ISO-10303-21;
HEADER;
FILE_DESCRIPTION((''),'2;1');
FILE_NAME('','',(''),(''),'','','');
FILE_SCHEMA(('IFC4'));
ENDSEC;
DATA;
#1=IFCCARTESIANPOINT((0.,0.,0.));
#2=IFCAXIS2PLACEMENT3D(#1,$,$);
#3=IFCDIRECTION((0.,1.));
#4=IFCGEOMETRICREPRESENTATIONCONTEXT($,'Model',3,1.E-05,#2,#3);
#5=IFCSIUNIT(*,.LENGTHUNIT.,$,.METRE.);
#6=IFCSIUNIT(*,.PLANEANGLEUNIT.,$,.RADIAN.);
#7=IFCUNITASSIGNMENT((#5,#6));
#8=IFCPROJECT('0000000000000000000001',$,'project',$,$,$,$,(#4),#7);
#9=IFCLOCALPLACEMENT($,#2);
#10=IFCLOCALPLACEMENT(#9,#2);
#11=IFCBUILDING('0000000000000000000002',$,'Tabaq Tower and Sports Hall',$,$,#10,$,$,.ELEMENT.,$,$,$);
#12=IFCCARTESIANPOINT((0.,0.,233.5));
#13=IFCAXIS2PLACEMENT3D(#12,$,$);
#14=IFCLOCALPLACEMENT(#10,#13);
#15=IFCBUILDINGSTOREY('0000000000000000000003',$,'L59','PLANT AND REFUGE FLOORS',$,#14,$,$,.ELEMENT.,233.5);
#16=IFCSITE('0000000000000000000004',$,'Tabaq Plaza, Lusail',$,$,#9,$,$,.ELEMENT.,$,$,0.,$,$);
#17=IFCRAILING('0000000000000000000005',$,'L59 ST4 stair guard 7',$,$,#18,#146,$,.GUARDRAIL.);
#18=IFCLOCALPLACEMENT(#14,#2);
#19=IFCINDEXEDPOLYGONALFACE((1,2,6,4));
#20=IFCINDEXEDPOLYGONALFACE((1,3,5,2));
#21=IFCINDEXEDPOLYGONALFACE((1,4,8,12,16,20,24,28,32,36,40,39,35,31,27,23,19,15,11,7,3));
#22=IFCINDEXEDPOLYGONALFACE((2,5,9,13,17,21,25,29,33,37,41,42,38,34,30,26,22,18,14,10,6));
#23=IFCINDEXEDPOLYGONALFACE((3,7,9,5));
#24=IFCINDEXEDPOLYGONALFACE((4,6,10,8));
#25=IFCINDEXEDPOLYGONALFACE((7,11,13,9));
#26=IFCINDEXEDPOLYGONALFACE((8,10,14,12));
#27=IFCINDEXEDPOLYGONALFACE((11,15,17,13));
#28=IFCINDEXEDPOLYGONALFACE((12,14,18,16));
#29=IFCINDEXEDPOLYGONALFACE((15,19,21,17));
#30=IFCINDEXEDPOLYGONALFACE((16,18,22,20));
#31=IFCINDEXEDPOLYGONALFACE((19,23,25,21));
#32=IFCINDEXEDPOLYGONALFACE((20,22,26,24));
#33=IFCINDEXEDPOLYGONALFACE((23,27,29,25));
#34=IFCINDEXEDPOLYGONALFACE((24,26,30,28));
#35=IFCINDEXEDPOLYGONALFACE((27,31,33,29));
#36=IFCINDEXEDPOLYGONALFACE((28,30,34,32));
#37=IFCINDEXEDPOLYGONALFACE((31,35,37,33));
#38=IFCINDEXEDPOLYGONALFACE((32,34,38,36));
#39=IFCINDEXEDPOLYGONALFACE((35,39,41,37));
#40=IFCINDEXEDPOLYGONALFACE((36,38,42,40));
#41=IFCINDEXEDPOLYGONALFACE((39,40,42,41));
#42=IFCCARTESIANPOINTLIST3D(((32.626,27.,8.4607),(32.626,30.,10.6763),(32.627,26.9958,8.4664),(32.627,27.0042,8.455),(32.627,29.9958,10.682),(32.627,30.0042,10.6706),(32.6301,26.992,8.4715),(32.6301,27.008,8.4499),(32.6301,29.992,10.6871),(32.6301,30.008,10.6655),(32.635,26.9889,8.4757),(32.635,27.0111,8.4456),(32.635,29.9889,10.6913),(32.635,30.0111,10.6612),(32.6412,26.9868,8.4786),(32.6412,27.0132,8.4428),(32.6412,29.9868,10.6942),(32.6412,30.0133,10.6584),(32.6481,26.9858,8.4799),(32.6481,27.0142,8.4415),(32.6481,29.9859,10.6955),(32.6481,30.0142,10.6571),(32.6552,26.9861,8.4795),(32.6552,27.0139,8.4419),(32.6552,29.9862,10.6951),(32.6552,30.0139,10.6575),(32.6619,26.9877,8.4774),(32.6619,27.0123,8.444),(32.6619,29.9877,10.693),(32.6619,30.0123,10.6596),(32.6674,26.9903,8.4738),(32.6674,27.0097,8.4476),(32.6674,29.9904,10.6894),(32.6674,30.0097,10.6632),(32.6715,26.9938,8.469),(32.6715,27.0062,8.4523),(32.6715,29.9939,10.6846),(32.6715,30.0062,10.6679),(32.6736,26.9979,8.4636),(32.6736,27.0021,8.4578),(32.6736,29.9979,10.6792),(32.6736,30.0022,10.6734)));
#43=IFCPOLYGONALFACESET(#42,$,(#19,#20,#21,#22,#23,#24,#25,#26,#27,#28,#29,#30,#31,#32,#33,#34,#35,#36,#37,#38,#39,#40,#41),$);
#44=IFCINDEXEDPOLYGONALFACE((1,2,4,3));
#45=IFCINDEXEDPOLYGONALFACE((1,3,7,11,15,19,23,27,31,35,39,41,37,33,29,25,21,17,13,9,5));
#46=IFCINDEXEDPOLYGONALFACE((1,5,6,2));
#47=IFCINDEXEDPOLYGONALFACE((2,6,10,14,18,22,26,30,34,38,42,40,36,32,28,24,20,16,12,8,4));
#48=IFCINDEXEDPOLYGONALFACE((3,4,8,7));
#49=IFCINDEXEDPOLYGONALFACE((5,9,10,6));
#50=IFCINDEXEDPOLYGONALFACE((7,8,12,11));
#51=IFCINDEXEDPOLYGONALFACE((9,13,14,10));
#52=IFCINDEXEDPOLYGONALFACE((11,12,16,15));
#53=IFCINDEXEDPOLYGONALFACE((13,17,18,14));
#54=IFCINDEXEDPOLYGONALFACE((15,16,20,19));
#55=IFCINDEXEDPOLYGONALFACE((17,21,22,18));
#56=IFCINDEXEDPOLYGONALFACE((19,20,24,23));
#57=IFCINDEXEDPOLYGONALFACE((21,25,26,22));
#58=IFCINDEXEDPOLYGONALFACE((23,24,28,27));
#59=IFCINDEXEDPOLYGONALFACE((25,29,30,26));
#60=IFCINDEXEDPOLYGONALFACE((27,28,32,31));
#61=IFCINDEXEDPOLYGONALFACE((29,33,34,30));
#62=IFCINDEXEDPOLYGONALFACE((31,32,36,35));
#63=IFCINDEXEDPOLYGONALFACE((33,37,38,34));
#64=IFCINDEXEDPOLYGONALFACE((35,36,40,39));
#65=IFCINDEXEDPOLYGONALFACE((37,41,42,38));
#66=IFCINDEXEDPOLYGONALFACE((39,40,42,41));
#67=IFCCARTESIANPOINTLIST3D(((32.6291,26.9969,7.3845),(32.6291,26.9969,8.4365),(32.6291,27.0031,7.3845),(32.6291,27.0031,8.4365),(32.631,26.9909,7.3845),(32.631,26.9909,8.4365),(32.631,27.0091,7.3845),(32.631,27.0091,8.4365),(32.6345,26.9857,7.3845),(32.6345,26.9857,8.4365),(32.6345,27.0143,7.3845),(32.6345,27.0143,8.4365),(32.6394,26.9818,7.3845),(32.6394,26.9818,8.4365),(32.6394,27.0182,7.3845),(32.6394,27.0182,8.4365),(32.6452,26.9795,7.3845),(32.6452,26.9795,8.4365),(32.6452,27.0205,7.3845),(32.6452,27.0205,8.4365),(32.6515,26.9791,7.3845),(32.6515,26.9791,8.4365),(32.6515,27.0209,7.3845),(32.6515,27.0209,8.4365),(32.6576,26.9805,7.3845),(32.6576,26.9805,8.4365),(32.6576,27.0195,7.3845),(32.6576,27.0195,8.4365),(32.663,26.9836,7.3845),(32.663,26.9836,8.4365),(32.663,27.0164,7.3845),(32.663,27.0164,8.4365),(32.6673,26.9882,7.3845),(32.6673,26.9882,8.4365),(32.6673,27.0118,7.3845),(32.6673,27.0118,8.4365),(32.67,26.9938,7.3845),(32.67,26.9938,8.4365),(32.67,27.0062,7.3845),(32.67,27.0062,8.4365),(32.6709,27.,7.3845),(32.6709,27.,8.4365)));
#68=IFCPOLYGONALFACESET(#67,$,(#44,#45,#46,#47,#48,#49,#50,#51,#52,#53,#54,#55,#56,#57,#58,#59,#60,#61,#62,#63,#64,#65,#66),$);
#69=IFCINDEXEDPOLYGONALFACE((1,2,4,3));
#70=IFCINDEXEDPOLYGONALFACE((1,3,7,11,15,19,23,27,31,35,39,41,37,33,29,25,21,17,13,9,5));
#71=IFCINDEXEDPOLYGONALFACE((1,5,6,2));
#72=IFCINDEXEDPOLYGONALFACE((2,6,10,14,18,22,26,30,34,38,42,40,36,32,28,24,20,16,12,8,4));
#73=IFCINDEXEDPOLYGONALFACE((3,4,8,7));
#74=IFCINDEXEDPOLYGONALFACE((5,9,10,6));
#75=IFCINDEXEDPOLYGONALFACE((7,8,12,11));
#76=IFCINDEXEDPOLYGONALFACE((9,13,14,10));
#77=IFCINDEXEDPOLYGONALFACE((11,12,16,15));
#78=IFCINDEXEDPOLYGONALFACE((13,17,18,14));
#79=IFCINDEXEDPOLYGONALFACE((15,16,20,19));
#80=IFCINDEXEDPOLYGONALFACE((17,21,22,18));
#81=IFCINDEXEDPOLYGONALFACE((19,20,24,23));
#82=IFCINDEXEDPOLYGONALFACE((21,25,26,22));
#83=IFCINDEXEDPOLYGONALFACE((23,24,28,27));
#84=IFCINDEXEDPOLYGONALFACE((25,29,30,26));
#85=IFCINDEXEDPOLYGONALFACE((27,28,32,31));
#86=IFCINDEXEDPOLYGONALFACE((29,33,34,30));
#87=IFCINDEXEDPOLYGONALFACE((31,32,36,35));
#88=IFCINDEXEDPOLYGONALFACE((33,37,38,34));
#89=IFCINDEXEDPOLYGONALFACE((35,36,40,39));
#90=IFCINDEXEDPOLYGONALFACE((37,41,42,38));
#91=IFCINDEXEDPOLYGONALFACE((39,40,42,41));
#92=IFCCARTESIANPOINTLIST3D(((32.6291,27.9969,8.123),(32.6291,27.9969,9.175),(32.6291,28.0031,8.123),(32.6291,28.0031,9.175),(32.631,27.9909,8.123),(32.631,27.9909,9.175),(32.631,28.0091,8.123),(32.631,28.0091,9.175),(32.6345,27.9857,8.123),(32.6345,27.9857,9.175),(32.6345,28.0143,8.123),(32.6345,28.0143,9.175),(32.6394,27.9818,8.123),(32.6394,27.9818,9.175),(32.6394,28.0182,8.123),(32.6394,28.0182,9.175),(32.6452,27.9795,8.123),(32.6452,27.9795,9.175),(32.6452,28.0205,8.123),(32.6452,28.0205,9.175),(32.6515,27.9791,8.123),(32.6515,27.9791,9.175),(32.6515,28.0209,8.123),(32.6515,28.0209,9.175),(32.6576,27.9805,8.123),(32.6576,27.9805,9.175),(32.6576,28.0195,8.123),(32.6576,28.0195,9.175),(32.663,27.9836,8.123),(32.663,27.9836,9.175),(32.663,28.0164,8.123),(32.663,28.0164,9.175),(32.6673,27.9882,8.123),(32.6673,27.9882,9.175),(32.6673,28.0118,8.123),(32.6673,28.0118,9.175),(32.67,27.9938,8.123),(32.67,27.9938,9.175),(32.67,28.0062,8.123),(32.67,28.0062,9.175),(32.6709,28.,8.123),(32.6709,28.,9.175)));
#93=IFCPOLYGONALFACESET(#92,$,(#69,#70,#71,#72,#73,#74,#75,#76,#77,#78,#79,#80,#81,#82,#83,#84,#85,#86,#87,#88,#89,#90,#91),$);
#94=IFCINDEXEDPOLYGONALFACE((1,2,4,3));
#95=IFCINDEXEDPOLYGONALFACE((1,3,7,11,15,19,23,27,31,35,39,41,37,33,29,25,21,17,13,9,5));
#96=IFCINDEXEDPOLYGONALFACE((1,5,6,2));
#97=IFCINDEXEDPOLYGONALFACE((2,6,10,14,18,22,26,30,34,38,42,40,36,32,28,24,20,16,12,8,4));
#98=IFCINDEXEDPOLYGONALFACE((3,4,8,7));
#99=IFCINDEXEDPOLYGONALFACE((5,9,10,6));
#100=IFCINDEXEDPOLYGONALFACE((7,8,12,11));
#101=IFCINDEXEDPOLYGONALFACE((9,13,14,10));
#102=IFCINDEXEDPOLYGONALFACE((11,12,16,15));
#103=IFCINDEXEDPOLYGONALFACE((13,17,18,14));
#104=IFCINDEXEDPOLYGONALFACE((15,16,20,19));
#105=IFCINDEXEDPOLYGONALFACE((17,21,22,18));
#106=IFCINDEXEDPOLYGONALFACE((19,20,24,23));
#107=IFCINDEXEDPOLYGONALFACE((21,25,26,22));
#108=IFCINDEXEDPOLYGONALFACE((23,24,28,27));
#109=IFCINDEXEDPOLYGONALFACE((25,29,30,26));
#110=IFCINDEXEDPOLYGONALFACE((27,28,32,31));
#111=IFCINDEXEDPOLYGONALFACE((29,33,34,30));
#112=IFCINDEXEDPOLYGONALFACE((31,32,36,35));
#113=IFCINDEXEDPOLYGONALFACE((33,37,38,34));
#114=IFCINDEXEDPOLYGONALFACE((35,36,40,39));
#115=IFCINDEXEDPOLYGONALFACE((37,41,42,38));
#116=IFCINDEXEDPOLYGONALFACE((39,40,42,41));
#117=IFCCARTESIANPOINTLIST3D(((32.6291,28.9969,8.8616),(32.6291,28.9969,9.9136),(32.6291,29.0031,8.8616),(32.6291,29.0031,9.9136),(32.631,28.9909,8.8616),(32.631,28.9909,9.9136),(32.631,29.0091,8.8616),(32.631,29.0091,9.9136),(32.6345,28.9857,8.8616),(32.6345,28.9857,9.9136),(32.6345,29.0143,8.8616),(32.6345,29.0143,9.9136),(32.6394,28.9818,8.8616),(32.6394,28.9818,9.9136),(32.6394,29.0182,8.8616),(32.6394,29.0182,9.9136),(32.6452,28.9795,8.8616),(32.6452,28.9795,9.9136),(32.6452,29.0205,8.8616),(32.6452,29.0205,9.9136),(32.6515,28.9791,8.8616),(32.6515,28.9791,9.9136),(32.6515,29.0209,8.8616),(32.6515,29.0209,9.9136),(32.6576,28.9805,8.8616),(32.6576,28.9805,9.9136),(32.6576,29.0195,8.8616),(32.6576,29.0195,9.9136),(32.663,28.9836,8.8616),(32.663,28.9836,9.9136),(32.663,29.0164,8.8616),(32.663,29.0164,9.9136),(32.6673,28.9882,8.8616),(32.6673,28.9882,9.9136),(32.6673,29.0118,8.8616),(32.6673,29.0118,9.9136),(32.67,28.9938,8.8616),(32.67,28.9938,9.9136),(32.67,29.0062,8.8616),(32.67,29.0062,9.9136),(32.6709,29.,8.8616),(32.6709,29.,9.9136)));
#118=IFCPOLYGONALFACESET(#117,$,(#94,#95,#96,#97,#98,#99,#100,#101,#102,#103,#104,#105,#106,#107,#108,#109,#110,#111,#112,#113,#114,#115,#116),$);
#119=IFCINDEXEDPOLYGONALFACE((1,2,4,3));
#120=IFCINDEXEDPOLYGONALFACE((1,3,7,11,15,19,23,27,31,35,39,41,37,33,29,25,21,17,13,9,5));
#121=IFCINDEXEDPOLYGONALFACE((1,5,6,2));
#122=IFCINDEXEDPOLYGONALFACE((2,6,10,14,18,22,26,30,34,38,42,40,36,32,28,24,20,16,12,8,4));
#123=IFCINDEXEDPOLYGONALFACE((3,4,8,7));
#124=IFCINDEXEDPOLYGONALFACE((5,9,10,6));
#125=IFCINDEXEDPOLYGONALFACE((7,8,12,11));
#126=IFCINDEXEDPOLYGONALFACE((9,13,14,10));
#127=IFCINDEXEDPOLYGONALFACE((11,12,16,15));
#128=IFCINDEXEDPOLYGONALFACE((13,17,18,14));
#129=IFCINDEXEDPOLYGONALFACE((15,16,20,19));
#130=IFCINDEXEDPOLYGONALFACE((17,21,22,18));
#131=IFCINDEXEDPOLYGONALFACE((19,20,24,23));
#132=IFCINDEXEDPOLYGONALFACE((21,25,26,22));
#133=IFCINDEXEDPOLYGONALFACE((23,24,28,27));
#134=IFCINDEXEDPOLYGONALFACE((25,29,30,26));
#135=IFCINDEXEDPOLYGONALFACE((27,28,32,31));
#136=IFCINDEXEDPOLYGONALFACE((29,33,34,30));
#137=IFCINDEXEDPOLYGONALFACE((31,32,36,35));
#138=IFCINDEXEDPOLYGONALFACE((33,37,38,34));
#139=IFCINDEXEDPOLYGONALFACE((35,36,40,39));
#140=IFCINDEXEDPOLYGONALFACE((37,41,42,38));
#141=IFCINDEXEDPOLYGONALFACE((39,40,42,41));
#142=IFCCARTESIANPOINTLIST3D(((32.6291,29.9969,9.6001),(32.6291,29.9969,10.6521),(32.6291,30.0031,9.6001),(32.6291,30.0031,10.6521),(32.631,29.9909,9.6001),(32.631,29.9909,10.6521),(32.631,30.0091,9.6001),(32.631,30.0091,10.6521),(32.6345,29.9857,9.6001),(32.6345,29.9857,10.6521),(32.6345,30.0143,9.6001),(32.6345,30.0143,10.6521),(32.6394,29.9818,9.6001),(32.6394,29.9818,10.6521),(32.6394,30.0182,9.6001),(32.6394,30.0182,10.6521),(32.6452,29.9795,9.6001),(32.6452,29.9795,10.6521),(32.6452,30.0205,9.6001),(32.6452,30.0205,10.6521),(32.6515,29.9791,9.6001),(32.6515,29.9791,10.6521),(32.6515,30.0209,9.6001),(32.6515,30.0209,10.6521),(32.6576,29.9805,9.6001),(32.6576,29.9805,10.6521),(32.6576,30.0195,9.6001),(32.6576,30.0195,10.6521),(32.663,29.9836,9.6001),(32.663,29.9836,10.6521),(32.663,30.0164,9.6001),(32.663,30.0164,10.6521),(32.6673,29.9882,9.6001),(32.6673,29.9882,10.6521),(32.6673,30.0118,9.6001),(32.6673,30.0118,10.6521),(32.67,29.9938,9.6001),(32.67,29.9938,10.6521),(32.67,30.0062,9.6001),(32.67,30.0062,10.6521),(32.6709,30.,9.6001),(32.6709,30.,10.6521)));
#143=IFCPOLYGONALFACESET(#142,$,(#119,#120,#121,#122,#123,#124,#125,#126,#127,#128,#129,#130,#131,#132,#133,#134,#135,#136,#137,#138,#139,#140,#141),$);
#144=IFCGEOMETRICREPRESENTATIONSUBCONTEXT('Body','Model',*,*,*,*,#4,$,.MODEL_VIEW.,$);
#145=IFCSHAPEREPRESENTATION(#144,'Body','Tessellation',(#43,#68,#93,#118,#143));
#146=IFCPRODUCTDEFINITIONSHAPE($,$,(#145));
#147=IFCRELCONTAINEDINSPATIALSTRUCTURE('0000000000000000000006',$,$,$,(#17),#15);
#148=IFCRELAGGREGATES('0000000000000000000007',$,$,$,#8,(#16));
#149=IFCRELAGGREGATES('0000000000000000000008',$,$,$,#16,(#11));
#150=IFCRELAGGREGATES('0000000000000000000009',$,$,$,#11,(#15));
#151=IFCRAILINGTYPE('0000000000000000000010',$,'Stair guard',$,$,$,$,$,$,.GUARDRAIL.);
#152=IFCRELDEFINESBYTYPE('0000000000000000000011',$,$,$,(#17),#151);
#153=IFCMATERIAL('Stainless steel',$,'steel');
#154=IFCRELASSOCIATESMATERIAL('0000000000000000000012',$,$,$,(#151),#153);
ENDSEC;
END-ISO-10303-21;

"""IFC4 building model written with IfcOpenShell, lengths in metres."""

from ifc_helpers import new_model, si_unit, direction, frame, origin, origin_2d, place, context, subcontext, project, spatial, circle, extrude, material, type_object, element, save


model = new_model("IFC4")

# Units and contexts
model_context = context("Model", 3, precision=1e-05, world=origin(), true_north=direction((0.0, 1.0)))
body_context = subcontext(model_context, "Body", "Model", "MODEL_VIEW")
ifc_project = project(units=[si_unit("LENGTHUNIT", "METRE"), si_unit("PLANEANGLEUNIT", "RADIAN")], contexts=[model_context])

# Site, building, storey
site_placement = place(None, origin())
site = spatial("IfcSite", under=ifc_project, at=site_placement, Name="Tabaq Plaza, Lusail", CompositionType="ELEMENT", RefElevation=0.0)
building_placement = place(site_placement, origin())
building = spatial("IfcBuilding", under=site, at=building_placement, Name="Tabaq Tower and Sports Hall", CompositionType="ELEMENT")
storey_placement = place(building_placement, frame((0.0, 0.0, 233.5)))
storey = spatial("IfcBuildingStorey", under=building, at=storey_placement, Name="L59", Description="PLANT AND REFUGE FLOORS", CompositionType="ELEMENT", Elevation=233.5)

# Railing
ifc_material_1 = material(Name="Stainless steel", Category="steel")
railing_type_1 = type_object("IfcRailingType", Name="Stair guard", PredefinedType="GUARDRAIL", material=ifc_material_1)
railing_1_placement = place(storey_placement, frame((32.6499, 27.0, 7.3845)))
element("IfcRailing", 1, at=railing_1_placement, inside=storey, type_object=railing_type_1, Name="L59 ST4 stair guard 7", PredefinedType="GUARDRAIL", context=body_context, shape_type="SweptSolid", body=[
    extrude(circle(Radius=0.0239, at=origin_2d()), frame((0.0, 0.0, 1.0762), z_axis=(0.0, 0.804409, 0.594076), x_axis=(-1.0, 0.0, 0.0)), (0.0, 0.0, 1.0), 3.7295),
    extrude(circle(Radius=0.021, at=origin_2d()), origin(), (0.0, 0.0, 1.0), 1.052),
    extrude(circle(Radius=0.021, at=origin_2d()), frame((0.0, 1.0, 0.7385)), (0.0, 0.0, 1.0), 1.052),
    extrude(circle(Radius=0.021, at=origin_2d()), frame((0.0, 2.0, 1.4771)), (0.0, 0.0, 1.0), 1.052),
    extrude(circle(Radius=0.021, at=origin_2d()), frame((0.0, 3.0, 2.2156)), (0.0, 0.0, 1.0), 1.052),
])

save(model, "model.ifc")
